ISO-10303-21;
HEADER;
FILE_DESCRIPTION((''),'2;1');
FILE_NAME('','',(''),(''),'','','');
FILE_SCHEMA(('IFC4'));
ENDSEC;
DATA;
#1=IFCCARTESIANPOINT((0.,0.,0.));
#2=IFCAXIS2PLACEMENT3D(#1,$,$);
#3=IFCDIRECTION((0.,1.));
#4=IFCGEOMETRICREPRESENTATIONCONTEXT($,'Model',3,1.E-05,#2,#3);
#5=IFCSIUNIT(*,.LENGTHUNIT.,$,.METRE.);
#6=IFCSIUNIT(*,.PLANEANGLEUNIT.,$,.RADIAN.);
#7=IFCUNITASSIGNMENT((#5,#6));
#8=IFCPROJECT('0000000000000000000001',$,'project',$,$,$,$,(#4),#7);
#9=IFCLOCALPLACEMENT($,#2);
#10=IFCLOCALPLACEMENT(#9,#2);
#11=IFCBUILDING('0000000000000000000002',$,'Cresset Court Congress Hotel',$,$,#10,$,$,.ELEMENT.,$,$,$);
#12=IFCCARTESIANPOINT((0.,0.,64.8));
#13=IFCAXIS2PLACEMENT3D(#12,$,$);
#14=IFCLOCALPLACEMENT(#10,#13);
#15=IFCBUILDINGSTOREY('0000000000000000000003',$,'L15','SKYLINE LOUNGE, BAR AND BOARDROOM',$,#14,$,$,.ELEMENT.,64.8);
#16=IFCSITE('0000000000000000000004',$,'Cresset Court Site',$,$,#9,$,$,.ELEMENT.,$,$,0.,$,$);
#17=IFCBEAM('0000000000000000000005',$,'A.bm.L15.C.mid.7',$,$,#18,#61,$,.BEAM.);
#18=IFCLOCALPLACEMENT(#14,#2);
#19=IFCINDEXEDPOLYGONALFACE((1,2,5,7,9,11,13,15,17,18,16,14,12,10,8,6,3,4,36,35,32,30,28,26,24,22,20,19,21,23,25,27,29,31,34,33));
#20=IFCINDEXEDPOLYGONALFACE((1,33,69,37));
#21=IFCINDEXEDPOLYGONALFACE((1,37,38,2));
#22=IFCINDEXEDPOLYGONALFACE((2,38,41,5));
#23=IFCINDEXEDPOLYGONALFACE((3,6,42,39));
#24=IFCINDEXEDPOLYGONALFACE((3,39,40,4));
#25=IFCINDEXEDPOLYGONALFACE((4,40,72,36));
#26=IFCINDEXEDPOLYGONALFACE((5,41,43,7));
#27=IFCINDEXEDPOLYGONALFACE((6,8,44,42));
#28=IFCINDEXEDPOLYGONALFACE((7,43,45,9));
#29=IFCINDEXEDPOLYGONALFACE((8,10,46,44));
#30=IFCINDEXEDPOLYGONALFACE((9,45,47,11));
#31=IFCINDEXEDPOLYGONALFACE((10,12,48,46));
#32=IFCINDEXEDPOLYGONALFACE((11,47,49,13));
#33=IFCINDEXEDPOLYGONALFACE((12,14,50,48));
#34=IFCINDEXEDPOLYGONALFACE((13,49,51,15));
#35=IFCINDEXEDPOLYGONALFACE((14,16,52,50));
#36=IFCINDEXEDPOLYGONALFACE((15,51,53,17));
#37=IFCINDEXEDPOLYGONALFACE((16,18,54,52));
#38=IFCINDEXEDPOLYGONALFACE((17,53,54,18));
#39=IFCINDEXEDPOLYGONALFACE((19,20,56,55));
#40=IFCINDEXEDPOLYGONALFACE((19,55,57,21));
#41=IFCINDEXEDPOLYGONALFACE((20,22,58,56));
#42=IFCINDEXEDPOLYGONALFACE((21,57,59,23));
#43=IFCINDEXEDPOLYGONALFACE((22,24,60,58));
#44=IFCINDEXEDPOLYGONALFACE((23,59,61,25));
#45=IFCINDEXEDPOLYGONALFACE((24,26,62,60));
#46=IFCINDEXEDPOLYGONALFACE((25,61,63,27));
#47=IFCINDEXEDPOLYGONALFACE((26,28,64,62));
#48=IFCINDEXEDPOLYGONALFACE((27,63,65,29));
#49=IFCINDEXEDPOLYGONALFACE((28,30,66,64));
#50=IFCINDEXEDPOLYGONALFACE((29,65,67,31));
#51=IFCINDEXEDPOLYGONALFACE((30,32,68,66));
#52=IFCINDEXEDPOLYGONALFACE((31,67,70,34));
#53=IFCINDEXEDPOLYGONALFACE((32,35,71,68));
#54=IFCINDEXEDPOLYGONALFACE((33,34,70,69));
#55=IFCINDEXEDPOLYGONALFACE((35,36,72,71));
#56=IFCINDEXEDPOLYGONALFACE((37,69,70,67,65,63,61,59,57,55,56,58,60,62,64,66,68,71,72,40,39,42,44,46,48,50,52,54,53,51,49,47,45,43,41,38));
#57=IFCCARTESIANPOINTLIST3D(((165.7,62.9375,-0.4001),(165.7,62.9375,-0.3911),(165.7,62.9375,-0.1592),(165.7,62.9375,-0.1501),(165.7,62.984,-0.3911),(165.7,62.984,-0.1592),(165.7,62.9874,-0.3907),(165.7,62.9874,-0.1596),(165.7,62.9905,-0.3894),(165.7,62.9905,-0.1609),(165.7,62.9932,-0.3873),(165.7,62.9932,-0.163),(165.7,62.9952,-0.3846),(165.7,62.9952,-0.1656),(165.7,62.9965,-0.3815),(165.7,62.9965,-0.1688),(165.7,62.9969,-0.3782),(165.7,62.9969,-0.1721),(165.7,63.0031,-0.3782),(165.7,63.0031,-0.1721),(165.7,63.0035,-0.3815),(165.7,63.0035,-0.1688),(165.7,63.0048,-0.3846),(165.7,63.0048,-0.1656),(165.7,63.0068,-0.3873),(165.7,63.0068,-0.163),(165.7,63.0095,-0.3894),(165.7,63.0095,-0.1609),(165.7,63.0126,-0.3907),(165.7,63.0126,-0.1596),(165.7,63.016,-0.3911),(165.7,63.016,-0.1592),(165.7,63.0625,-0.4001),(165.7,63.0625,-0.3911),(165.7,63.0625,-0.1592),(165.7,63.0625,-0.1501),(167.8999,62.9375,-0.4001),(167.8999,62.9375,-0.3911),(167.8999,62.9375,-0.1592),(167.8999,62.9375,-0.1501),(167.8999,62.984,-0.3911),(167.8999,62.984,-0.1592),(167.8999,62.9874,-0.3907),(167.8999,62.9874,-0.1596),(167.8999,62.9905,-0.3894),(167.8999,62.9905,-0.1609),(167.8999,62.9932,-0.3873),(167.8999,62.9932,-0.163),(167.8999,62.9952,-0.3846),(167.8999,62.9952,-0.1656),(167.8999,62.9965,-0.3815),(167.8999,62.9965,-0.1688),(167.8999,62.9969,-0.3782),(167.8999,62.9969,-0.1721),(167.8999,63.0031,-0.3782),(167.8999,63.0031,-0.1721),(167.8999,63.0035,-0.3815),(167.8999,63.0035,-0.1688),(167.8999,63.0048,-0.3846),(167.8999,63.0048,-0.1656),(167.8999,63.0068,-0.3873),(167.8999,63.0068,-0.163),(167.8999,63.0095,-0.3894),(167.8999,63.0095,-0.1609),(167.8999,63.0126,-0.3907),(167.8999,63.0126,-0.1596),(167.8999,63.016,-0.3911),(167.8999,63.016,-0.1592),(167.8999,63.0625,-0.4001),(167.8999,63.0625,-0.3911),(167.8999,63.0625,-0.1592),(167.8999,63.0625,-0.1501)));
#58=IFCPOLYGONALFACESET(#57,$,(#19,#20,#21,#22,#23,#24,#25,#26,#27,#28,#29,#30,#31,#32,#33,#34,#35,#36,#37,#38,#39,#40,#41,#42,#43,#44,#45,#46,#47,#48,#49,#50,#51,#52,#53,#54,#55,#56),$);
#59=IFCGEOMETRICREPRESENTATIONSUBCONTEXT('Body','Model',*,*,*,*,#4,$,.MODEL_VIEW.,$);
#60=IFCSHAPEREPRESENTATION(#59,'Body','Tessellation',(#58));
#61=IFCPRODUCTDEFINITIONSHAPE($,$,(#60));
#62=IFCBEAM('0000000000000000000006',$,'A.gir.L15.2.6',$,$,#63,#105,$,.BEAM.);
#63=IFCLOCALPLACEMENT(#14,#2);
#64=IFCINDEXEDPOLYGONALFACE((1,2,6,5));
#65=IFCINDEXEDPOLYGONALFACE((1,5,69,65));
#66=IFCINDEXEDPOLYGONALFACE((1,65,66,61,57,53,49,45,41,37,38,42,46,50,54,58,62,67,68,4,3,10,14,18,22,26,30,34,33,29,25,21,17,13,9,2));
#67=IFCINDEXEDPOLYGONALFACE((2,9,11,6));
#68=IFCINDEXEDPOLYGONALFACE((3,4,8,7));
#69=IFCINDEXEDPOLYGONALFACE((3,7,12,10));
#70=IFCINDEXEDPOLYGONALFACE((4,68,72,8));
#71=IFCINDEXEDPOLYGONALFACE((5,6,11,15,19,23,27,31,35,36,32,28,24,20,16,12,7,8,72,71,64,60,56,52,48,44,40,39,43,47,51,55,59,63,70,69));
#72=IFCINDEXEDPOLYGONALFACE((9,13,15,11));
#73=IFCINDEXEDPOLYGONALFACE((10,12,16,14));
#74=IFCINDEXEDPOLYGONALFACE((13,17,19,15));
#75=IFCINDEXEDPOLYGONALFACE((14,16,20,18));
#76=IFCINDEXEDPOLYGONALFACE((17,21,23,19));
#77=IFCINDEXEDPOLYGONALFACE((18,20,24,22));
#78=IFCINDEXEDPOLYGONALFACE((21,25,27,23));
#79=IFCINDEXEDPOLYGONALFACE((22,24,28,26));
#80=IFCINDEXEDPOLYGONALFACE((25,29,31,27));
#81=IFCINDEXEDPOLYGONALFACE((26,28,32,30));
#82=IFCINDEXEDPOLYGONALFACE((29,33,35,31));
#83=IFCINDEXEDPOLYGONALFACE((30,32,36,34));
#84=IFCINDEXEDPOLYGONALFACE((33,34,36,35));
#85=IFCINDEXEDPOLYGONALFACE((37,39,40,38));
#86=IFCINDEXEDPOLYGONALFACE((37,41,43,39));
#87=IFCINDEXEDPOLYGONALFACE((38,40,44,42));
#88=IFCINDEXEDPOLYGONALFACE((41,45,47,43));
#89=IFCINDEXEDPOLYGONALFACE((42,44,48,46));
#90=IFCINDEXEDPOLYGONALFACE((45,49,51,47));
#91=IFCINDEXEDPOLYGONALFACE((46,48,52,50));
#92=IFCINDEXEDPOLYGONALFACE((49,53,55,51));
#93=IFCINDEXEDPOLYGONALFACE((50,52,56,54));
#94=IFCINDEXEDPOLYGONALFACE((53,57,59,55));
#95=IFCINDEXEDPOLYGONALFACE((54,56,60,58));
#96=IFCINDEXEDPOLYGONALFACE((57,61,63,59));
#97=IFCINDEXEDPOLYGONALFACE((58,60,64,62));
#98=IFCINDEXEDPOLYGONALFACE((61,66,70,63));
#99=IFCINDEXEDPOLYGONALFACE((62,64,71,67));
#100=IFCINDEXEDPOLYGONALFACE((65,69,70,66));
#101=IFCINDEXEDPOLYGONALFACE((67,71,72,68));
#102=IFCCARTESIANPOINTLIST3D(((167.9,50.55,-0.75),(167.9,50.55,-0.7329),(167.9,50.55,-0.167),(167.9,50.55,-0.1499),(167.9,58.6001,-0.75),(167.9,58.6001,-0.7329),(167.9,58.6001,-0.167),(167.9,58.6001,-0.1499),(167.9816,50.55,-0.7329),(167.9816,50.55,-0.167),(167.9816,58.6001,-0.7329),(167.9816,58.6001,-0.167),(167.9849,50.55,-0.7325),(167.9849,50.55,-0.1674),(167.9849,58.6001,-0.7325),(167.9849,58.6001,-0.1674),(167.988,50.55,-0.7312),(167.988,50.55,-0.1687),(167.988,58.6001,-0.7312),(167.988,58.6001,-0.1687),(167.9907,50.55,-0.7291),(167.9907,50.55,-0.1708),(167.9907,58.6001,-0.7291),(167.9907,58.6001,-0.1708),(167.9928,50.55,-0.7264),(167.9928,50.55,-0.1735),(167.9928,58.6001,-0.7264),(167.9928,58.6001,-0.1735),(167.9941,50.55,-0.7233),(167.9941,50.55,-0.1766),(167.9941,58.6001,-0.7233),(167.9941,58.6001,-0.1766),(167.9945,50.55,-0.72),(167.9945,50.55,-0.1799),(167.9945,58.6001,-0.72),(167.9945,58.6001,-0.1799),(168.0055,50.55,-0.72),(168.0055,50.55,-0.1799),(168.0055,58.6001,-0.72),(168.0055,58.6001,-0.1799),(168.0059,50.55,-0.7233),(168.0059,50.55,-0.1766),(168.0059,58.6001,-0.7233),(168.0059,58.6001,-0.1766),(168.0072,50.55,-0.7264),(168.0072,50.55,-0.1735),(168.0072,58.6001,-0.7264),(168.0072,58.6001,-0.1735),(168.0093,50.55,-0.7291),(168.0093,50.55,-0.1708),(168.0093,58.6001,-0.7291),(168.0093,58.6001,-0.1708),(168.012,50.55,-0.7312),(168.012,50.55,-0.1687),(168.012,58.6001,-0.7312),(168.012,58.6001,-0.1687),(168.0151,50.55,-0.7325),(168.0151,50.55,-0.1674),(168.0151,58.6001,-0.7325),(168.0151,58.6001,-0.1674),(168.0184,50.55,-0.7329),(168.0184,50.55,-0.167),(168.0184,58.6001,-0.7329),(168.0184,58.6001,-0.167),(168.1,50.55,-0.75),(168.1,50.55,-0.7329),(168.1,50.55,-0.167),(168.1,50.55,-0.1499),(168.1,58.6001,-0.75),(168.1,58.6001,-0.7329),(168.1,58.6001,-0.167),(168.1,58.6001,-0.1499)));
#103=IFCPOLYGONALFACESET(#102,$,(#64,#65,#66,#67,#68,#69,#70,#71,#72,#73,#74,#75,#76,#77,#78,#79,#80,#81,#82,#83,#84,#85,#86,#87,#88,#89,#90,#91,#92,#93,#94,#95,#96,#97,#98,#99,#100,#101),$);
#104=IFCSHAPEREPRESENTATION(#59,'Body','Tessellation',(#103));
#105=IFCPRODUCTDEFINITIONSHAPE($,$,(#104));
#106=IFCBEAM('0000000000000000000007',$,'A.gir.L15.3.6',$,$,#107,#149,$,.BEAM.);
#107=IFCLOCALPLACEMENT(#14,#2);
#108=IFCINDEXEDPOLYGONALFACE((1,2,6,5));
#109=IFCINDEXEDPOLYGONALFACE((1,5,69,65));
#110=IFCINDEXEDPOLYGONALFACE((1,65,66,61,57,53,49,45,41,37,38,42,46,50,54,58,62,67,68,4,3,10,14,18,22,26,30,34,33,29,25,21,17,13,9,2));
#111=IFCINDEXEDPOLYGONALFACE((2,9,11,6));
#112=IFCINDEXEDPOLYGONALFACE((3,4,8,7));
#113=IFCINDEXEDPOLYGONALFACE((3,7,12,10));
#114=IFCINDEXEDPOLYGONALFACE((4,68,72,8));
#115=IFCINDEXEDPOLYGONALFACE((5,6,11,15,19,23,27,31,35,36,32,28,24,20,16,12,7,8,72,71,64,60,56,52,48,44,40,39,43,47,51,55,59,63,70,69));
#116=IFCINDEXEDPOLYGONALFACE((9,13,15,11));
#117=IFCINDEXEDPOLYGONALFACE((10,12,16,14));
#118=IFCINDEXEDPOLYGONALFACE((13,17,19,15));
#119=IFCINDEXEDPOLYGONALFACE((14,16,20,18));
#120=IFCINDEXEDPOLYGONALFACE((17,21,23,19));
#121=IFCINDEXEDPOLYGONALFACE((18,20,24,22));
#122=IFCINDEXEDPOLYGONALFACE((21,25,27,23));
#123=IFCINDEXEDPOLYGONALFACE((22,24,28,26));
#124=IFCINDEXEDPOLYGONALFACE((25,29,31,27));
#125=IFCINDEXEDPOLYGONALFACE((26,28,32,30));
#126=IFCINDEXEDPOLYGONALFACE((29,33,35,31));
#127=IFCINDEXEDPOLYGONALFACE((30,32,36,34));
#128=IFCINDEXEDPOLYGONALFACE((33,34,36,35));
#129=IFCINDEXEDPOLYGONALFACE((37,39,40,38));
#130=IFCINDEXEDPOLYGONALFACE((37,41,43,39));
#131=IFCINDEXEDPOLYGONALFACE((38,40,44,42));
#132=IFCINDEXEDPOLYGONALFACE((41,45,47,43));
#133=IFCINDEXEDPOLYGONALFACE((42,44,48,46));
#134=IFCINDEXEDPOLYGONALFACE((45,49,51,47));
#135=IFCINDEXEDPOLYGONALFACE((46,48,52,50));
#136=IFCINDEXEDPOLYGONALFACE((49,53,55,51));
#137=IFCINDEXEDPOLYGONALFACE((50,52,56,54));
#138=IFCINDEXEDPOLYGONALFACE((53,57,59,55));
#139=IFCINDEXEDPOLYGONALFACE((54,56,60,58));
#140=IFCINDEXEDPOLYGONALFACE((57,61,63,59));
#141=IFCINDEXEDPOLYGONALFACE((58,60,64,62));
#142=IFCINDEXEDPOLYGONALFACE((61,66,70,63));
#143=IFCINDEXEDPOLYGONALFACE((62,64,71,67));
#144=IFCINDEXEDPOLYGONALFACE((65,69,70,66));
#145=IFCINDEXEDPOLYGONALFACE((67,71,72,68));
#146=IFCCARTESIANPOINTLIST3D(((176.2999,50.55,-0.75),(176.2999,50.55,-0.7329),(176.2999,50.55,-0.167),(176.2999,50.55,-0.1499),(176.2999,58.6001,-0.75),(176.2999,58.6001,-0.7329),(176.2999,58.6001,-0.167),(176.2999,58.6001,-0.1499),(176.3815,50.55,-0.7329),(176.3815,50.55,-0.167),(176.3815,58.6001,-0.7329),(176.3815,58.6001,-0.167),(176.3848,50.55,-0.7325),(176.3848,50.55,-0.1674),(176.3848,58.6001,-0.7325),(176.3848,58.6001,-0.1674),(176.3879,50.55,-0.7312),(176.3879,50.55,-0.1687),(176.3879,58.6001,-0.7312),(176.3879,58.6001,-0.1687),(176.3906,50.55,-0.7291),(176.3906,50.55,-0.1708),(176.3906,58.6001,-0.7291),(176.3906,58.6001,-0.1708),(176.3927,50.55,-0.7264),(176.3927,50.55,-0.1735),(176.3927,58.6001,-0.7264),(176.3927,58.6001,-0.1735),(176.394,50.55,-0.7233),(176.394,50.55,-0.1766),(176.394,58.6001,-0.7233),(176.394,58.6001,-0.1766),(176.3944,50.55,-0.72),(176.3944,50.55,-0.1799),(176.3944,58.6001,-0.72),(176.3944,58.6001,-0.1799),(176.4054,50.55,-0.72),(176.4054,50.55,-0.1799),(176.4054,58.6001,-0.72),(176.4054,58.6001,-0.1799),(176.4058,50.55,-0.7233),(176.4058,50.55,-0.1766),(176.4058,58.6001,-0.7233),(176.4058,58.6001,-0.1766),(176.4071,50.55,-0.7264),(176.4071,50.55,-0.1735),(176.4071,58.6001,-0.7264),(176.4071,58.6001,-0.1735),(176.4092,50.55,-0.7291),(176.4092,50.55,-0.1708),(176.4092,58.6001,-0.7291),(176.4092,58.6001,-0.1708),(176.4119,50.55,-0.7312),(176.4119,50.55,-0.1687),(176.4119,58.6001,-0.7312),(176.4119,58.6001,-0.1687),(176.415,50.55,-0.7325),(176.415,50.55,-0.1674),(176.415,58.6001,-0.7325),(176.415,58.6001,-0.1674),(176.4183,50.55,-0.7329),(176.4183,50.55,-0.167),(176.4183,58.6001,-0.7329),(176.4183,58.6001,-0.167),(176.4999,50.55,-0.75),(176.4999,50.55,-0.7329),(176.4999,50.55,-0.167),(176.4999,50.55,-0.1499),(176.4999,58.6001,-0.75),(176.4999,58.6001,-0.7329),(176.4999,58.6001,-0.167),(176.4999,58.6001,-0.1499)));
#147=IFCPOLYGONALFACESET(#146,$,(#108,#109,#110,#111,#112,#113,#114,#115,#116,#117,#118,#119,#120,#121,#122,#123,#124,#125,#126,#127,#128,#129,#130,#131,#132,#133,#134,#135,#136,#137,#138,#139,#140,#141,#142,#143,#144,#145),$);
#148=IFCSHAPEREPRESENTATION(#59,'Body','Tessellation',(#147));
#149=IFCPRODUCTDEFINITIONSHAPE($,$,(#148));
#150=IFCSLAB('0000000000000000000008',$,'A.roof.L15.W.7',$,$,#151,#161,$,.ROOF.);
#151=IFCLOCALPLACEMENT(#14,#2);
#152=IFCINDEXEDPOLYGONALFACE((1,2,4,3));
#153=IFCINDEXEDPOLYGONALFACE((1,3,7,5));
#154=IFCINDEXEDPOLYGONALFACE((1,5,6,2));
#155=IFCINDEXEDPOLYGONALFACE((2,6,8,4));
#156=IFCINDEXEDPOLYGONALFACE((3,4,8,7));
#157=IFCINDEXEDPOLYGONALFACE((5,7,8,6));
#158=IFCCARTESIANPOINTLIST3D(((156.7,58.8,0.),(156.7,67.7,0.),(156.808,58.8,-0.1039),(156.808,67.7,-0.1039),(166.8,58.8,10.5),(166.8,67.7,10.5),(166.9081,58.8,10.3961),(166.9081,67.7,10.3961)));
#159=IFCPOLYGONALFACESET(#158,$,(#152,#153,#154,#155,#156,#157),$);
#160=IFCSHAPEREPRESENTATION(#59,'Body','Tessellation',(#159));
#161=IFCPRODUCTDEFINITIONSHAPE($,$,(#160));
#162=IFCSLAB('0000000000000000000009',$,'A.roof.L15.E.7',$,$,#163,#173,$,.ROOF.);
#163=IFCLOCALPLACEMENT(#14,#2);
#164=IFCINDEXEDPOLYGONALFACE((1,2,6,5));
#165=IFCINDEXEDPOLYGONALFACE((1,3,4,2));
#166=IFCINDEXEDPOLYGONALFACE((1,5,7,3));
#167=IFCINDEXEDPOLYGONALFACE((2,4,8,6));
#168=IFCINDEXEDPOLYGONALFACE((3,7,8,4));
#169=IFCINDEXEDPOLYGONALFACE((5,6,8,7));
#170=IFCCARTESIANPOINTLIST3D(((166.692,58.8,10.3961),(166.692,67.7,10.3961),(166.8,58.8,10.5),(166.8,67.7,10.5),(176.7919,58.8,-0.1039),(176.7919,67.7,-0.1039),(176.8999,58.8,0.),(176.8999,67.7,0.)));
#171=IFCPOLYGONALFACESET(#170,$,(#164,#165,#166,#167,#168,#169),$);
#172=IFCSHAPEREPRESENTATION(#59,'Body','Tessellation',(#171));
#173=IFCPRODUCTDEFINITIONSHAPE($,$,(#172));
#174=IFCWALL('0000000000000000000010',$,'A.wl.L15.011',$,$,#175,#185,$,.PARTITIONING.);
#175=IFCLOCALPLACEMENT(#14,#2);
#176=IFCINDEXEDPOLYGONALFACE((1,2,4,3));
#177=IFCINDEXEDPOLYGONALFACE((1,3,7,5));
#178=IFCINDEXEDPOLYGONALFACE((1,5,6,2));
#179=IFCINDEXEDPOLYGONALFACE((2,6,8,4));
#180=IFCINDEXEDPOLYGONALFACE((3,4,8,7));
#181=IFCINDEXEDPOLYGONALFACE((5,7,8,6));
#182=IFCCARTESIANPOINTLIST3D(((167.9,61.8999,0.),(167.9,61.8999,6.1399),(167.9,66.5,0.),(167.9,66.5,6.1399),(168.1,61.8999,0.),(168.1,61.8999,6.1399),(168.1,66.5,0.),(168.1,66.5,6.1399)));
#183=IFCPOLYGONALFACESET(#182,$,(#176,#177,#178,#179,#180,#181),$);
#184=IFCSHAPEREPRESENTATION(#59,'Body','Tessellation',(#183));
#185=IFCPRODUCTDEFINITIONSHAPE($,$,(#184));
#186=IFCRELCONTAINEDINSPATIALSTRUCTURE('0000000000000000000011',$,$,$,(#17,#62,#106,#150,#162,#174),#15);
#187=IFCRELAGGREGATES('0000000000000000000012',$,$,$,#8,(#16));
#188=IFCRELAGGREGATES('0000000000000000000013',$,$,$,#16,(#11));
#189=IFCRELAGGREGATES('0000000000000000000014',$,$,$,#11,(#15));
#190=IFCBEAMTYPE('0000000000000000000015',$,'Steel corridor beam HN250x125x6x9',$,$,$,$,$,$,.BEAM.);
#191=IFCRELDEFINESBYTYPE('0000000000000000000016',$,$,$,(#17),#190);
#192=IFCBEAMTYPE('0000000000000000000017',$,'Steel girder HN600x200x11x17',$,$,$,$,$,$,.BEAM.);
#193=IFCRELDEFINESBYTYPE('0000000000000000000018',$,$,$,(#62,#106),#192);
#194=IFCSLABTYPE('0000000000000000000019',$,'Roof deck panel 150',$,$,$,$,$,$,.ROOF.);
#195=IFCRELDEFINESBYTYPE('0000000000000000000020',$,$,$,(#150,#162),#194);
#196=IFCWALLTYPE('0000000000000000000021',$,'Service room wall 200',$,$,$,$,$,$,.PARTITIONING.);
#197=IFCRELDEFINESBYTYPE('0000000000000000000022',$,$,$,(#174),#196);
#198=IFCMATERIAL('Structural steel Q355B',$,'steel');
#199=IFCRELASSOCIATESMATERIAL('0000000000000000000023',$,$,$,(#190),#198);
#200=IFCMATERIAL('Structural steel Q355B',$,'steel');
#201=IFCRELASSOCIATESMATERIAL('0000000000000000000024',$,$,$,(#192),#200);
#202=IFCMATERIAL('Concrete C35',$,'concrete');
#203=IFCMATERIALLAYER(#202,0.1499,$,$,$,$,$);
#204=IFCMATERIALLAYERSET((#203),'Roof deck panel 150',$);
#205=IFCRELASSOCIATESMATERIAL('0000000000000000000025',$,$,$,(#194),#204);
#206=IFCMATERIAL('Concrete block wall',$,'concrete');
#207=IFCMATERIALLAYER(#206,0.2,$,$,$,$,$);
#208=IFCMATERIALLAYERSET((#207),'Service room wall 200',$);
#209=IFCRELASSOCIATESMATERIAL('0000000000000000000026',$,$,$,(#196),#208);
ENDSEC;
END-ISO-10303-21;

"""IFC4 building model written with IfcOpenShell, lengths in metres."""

from ifc_helpers import new_model, si_unit, direction, frame, frame_2d, origin, origin_2d, place, context, subcontext, project, spatial, polyline, rectangle, i_section, outline, extrude, material, layer, layer_set, material_profile, profile_set, type_object, element, save


model = new_model("IFC4")

# Units and contexts
model_context = context("Model", 3, precision=1e-05, world=origin(), true_north=direction((0.0, 1.0)))
body_context = subcontext(model_context, "Body", "Model", "MODEL_VIEW")
ifc_project = project(units=[si_unit("LENGTHUNIT", "METRE"), si_unit("PLANEANGLEUNIT", "RADIAN")], contexts=[model_context])

# Site, building, storey
site_placement = place(None, origin())
site = spatial("IfcSite", under=ifc_project, at=site_placement, Name="Cresset Court Site", CompositionType="ELEMENT", RefElevation=0.0)
building_placement = place(site_placement, origin())
building = spatial("IfcBuilding", under=site, at=building_placement, Name="Cresset Court Congress Hotel", CompositionType="ELEMENT")
storey_placement = place(building_placement, frame((0.0, 0.0, 64.8)))
storey = spatial("IfcBuildingStorey", under=building, at=storey_placement, Name="L15", Description="SKYLINE LOUNGE, BAR AND BOARDROOM", CompositionType="ELEMENT", Elevation=64.8)

# Beams
ifc_material_1 = material(Name="Structural steel Q355B", Category="steel")
ifc_material_profile_1 = material_profile(ifc_material_1, i_section(OverallWidth=0.125, OverallDepth=0.25, WebThickness=0.0061, FlangeThickness=0.009, FilletRadius=0.0129, at=origin_2d()), Name="HN250x125x6x9")
ifc_profile_set_1 = profile_set([ifc_material_profile_1], Name="Structural steel Q355B")
beam_type_1 = type_object("IfcBeamType", Name="Steel corridor beam HN250x125x6x9", PredefinedType="BEAM", material=ifc_profile_set_1)
beam_1_placement = place(storey_placement, frame((165.7, 63.0, -0.2751), z_axis=(1.0, 0.0, 0.0), x_axis=(0.0, 1.0, 0.0)))
element("IfcBeam", 1, at=beam_1_placement, inside=storey, type_object=beam_type_1, Name="A.bm.L15.C.mid.7", PredefinedType="BEAM", context=body_context, shape_type="SweptSolid", body=[
    extrude(i_section(OverallWidth=0.125, OverallDepth=0.25, WebThickness=0.0061, FlangeThickness=0.009, FilletRadius=0.0129, at=origin_2d()), origin(), (0.0, 0.0, 1.0), 2.2),
])
ifc_material_2 = material(Name="Structural steel Q355B", Category="steel")
ifc_material_profile_2 = material_profile(ifc_material_2, i_section(OverallWidth=0.2, OverallDepth=0.6001, WebThickness=0.011, FlangeThickness=0.0171, FilletRadius=0.0129, at=origin_2d()), Name="HN600x200x11x17")
ifc_profile_set_2 = profile_set([ifc_material_profile_2], Name="Structural steel Q355B")
beam_type_2 = type_object("IfcBeamType", Name="Steel girder HN600x200x11x17", PredefinedType="BEAM", material=ifc_profile_set_2)
for number, where, z_axis, x_axis, name in (
    (2, (168.0, 50.55, -0.45), (0.0, 1.0, 0.0), (-1.0, 0.0, 0.0), "A.gir.L15.2.6"),
    (3, (176.3999, 50.55, -0.45), (0.0, 1.0, 0.0), (-1.0, 0.0, 0.0), "A.gir.L15.3.6"),
):
    element("IfcBeam", number, at=place(storey_placement, frame(where, z_axis=z_axis, x_axis=x_axis)), inside=storey, type_object=beam_type_2, Name=name, PredefinedType="BEAM", context=body_context, shape_type="SweptSolid", body=[
        extrude(i_section(OverallWidth=0.2, OverallDepth=0.6001, WebThickness=0.011, FlangeThickness=0.0171, FilletRadius=0.0129, at=origin_2d()), origin(), (0.0, 0.0, 1.0), 8.05),
    ])

# Slabs
ifc_material_3 = material(Name="Concrete C35", Category="concrete")
ifc_layer_1 = layer(ifc_material_3, 0.1499)
ifc_layer_set_1 = layer_set([ifc_layer_1], Name="Roof deck panel 150")
slab_type = type_object("IfcSlabType", Name="Roof deck panel 150", PredefinedType="ROOF", material=ifc_layer_set_1)
slab_1_placement = place(storey_placement, frame((166.8, 58.8, 10.5), z_axis=(-0.720698, 0.0, 0.693249), x_axis=(-0.693249, 0.0, -0.720698)))
element("IfcSlab", 4, at=slab_1_placement, inside=storey, type_object=slab_type, Name="A.roof.L15.W.7", PredefinedType="ROOF", context=body_context, shape_type="SweptSolid", body=[
    extrude(outline(polyline([(0.0, 0.0), (14.5692, 0.0), (14.5692, -8.8999), (0.0, -8.8999), (0.0, 0.0)])), origin(), (0.0, 0.0, -1.0), 0.1499),
])
slab_2_placement = place(storey_placement, frame((166.8, 58.8, 10.5), z_axis=(0.720706, 0.0, 0.693241), x_axis=(0.693241, 0.0, -0.720706)))
element("IfcSlab", 5, at=slab_2_placement, inside=storey, type_object=slab_type, Name="A.roof.L15.E.7", PredefinedType="ROOF", context=body_context, shape_type="SweptSolid", body=[
    extrude(outline(polyline([(0.0, 0.0), (14.569, 0.0), (14.569, 8.8999), (0.0, 8.8999), (0.0, 0.0)])), origin(), (0.0, 0.0, -1.0), 0.1499),
])

# Wall
ifc_material_4 = material(Name="Concrete block wall", Category="concrete")
ifc_layer_2 = layer(ifc_material_4, 0.2)
ifc_layer_set_2 = layer_set([ifc_layer_2], Name="Service room wall 200")
wall_type_1 = type_object("IfcWallType", Name="Service room wall 200", PredefinedType="PARTITIONING", material=ifc_layer_set_2)
wall_1_placement = place(storey_placement, frame((168.0, 61.8999, 0.0), z_axis=(0.0, 0.0, 1.0), x_axis=(0.0, 1.0, 0.0)))
element("IfcWall", 6, at=wall_1_placement, inside=storey, type_object=wall_type_1, Name="A.wl.L15.011", PredefinedType="PARTITIONING", context=body_context, shape_type="SweptSolid", body=[
    extrude(rectangle(XDim=4.6001, YDim=0.2, at=frame_2d((2.3, 0.0))), origin(), (0.0, 0.0, 1.0), 6.1399),
])

save(model, "model.ifc")
